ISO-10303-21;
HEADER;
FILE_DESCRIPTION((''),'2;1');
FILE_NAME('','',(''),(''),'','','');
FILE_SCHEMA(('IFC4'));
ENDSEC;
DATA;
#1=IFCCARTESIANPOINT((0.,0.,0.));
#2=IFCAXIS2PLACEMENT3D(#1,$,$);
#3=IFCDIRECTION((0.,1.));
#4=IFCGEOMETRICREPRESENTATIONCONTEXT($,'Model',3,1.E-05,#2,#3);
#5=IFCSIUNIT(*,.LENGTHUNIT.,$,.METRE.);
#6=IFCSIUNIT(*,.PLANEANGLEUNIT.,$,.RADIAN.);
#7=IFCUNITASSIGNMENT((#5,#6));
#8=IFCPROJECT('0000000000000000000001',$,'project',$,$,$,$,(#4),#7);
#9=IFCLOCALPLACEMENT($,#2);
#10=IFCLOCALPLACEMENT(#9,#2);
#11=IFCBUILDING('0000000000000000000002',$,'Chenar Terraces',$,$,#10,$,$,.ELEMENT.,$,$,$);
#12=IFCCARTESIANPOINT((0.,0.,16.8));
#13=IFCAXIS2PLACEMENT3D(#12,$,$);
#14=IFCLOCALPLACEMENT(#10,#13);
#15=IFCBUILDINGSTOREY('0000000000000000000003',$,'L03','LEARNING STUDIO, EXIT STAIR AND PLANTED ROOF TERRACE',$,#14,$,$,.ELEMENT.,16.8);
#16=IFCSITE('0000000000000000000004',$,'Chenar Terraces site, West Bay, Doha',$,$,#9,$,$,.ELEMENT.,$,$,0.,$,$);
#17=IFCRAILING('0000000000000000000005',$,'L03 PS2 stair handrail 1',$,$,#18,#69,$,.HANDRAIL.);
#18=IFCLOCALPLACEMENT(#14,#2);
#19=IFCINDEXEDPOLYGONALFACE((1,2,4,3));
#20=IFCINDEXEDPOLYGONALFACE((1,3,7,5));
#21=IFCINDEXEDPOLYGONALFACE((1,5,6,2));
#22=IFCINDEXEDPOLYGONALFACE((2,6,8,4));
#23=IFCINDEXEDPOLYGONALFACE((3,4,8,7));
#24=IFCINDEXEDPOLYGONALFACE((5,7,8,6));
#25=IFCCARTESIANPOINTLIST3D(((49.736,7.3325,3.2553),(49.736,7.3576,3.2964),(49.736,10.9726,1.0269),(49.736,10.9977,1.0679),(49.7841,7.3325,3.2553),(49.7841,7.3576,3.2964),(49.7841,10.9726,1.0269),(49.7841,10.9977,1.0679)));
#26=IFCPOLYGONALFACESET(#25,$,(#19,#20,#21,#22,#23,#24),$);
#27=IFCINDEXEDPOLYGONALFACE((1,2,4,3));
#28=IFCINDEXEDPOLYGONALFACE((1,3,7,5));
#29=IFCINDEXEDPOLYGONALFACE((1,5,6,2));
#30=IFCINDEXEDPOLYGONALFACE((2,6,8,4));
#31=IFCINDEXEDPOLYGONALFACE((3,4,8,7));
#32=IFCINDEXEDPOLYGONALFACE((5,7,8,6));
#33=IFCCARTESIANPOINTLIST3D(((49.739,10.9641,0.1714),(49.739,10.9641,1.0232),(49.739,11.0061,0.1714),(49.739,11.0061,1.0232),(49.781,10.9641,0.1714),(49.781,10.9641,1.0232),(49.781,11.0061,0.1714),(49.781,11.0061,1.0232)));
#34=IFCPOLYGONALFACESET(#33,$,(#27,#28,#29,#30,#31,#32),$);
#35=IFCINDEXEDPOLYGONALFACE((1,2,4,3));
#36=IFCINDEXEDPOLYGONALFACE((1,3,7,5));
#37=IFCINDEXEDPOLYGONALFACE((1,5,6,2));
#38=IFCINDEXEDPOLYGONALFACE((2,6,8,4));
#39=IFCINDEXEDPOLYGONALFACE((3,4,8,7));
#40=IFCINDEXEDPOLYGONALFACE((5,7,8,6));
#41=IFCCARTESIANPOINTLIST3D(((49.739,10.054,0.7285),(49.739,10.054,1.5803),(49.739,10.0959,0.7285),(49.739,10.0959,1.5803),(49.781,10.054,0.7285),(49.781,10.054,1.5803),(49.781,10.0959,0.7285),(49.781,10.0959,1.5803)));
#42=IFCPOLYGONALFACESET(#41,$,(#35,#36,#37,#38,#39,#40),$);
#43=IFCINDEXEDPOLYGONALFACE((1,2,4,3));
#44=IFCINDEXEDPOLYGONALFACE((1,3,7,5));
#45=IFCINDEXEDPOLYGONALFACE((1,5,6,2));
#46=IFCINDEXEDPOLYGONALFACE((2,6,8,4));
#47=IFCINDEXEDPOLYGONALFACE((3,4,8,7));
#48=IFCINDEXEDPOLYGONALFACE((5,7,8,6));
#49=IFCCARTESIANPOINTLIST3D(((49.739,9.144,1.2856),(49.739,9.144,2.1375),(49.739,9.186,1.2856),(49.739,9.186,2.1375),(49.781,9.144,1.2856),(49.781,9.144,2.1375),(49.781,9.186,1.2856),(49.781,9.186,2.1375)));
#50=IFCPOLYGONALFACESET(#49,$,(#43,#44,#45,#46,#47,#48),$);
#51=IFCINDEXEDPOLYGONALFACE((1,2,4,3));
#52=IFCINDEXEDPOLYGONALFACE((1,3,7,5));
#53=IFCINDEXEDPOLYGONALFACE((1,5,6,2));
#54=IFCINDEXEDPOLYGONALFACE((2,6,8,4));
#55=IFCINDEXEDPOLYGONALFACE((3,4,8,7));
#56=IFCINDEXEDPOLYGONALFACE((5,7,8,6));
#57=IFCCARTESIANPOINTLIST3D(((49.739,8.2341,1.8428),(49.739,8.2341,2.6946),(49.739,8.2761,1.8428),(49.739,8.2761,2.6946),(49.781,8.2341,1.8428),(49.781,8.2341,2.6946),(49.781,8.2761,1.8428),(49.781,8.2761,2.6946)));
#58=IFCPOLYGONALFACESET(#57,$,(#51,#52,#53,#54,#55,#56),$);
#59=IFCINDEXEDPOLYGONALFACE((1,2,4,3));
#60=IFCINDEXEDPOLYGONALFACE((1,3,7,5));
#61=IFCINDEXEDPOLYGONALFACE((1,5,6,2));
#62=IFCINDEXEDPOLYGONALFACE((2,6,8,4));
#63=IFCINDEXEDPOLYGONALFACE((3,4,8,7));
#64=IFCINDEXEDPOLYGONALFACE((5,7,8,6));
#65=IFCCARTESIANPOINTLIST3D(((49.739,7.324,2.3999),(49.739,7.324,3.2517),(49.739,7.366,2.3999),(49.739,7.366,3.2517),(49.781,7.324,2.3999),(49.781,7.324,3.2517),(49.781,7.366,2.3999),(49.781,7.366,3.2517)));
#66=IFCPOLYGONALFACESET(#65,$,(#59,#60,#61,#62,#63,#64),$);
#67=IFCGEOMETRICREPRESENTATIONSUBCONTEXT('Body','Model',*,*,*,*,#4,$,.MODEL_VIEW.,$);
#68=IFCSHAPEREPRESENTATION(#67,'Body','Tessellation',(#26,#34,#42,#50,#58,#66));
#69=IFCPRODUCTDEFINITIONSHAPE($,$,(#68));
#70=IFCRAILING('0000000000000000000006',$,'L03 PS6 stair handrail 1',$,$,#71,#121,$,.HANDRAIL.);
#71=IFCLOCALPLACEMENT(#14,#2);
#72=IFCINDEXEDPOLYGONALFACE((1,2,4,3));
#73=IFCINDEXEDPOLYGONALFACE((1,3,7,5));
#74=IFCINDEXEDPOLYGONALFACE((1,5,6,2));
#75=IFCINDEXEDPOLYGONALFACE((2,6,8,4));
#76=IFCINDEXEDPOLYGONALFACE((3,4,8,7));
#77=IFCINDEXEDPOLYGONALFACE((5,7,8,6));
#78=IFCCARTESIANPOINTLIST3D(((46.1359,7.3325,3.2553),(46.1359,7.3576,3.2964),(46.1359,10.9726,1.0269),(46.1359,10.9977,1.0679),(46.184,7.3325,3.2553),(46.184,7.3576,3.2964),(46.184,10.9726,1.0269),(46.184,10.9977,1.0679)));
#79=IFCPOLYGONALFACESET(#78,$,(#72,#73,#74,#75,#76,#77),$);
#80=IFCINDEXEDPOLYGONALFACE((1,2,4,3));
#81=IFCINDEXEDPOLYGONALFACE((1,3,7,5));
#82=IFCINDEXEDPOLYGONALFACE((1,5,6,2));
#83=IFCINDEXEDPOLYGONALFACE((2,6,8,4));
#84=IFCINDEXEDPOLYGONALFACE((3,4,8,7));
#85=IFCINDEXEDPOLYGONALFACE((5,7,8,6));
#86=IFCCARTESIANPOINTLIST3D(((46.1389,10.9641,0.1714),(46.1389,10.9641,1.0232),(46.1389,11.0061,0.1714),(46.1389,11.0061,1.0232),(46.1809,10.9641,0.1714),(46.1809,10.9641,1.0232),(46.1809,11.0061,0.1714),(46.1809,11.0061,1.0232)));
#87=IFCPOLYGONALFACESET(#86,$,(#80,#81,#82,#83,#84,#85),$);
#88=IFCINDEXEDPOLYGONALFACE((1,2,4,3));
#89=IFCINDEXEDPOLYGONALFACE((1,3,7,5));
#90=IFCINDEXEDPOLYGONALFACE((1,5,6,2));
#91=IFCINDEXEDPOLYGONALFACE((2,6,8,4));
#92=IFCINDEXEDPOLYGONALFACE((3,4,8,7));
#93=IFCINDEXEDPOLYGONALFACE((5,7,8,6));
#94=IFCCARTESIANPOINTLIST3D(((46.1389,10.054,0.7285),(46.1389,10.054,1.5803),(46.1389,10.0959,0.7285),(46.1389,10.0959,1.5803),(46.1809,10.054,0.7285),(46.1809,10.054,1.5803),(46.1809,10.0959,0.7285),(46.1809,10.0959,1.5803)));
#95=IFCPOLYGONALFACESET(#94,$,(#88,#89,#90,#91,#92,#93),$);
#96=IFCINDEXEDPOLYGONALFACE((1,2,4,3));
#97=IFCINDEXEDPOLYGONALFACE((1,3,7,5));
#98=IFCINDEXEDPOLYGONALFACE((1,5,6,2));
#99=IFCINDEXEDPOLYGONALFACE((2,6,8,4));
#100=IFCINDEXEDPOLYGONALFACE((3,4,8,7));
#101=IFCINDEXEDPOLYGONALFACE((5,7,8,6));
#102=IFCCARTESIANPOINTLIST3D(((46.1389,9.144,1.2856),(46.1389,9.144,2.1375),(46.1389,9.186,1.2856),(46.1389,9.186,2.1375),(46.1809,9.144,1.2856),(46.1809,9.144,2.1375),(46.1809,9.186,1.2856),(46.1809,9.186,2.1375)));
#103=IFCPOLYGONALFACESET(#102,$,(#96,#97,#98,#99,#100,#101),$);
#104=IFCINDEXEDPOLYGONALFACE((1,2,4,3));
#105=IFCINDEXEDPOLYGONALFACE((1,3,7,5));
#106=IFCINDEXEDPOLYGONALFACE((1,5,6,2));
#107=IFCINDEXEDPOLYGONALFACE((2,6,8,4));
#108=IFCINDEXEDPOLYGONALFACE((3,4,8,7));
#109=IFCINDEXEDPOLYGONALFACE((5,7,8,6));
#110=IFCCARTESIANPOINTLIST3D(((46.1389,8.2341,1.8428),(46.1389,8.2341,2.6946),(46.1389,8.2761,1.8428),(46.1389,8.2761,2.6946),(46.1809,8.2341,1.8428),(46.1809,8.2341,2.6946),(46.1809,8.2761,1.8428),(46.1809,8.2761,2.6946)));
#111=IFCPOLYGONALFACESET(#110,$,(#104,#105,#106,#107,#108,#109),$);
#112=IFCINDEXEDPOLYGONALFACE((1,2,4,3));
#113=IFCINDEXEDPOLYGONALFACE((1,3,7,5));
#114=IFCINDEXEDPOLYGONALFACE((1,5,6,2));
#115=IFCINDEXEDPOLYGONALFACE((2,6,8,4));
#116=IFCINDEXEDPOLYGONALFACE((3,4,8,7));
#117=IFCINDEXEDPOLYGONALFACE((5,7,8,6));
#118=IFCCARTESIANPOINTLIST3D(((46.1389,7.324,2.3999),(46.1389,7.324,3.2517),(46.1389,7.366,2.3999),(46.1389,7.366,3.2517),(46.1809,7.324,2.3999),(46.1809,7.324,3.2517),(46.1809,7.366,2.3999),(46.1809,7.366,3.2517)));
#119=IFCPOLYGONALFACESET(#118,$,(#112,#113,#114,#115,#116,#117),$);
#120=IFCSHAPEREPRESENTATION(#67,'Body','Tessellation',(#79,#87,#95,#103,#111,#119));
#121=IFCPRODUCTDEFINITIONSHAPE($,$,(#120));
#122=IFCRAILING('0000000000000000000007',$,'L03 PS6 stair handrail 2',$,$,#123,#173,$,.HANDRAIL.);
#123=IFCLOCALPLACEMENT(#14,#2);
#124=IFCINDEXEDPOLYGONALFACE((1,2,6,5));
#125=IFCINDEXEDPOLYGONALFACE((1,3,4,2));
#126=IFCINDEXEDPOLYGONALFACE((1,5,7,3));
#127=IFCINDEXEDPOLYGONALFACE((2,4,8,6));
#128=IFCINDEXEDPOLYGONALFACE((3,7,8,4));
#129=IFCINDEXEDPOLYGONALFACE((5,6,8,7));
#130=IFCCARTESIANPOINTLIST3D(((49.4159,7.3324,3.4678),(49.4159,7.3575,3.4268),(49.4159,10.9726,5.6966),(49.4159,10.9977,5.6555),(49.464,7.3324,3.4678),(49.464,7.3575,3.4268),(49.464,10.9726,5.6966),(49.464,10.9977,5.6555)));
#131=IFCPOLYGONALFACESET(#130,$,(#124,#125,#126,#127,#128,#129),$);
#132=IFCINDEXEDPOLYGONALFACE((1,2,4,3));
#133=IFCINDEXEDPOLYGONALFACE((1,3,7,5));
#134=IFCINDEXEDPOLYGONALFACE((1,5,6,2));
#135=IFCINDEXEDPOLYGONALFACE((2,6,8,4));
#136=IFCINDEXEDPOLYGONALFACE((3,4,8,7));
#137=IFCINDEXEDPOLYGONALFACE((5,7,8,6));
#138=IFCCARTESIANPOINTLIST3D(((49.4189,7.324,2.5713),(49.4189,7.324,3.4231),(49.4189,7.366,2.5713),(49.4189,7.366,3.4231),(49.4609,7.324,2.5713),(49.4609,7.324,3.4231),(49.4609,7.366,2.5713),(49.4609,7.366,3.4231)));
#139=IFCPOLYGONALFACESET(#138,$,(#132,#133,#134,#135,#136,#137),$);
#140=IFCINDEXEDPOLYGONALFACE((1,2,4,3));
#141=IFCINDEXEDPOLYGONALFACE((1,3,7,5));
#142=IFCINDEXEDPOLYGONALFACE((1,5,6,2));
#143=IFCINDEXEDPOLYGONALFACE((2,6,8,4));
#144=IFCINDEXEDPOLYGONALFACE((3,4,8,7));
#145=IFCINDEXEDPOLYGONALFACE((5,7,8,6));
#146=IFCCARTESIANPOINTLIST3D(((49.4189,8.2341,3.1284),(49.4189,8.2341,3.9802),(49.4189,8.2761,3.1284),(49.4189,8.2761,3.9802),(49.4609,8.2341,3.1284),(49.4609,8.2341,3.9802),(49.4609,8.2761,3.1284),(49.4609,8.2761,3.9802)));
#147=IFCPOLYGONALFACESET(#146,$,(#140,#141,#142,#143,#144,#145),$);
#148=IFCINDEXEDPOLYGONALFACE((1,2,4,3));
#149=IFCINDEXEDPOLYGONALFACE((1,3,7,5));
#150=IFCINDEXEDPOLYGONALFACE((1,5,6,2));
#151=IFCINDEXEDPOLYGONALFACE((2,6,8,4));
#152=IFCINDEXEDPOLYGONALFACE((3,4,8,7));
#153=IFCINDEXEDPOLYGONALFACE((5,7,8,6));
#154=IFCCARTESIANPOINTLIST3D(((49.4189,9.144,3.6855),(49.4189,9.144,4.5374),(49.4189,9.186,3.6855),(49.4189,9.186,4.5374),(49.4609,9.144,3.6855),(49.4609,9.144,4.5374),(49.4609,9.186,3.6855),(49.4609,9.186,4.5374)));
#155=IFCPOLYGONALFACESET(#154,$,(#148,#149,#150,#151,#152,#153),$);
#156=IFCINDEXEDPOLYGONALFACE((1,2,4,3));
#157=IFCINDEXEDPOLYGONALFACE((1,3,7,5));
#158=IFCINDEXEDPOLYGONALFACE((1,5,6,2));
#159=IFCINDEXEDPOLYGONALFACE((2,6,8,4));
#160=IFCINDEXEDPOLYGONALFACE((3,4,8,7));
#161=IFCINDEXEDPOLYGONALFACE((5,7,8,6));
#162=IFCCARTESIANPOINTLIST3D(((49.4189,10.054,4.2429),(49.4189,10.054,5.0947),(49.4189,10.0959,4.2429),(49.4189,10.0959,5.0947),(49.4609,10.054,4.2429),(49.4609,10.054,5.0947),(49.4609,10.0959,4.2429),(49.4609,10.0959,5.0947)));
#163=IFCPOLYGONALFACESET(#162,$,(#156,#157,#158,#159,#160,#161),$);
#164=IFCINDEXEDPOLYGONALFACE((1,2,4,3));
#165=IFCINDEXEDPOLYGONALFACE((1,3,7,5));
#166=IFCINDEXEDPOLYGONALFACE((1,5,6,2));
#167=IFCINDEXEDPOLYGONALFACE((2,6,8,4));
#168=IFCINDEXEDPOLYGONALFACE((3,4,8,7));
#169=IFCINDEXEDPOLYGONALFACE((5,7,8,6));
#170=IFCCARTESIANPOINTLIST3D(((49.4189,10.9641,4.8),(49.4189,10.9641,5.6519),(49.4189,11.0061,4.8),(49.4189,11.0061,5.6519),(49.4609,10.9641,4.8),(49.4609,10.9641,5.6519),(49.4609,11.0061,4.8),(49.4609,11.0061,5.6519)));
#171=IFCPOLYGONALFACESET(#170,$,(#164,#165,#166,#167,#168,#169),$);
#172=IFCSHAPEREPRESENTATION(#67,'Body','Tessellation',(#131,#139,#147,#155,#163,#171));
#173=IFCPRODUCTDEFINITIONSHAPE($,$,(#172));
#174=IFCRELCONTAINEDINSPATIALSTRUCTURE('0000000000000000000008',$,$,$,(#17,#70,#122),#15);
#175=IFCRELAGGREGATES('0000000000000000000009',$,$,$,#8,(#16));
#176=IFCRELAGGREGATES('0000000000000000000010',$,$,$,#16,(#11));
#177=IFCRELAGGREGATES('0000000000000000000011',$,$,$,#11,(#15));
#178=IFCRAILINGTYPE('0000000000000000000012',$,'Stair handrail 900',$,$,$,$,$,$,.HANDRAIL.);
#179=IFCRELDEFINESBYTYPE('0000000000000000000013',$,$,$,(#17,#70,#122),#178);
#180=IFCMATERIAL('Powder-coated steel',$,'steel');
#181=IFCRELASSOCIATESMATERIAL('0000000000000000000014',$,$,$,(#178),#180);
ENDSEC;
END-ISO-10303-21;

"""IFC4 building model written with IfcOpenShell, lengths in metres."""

from ifc_helpers import new_model, si_unit, direction, frame, origin, origin_2d, place, context, subcontext, project, spatial, rectangle, extrude, material, type_object, element, save


model = new_model("IFC4")

# Units and contexts
model_context = context("Model", 3, precision=1e-05, world=origin(), true_north=direction((0.0, 1.0)))
body_context = subcontext(model_context, "Body", "Model", "MODEL_VIEW")
ifc_project = project(units=[si_unit("LENGTHUNIT", "METRE"), si_unit("PLANEANGLEUNIT", "RADIAN")], contexts=[model_context])

# Site, building, storey
site_placement = place(None, origin())
site = spatial("IfcSite", under=ifc_project, at=site_placement, Name="Chenar Terraces site, West Bay, Doha", CompositionType="ELEMENT", RefElevation=0.0)
building_placement = place(site_placement, origin())
building = spatial("IfcBuilding", under=site, at=building_placement, Name="Chenar Terraces", CompositionType="ELEMENT")
storey_placement = place(building_placement, frame((0.0, 0.0, 16.8)))
storey = spatial("IfcBuildingStorey", under=building, at=storey_placement, Name="L03", Description="LEARNING STUDIO, EXIT STAIR AND PLANTED ROOF TERRACE", CompositionType="ELEMENT", Elevation=16.8)

# Railings
ifc_material_1 = material(Name="Powder-coated steel", Category="steel")
railing_type_1 = type_object("IfcRailingType", Name="Stair handrail 900", PredefinedType="HANDRAIL", material=ifc_material_1)
for number, where, name in (
    (1, (49.76, 10.9851, 0.1714), "L03 PS2 stair handrail 1"),
    (2, (46.1599, 10.9851, 0.1714), "L03 PS6 stair handrail 1"),
):
    element("IfcRailing", number, at=place(storey_placement, frame(where)), inside=storey, type_object=railing_type_1, Name=name, PredefinedType="HANDRAIL", context=body_context, shape_type="SweptSolid", body=[
        extrude(rectangle(XDim=0.0481, YDim=0.0481, at=origin_2d()), frame((0.0, 0.0, 0.876), z_axis=(0.0, -0.852866, 0.52213), x_axis=(1.0, 0.0, 0.0)), (0.0, 0.0, 1.0), 4.2681),
        extrude(rectangle(XDim=0.042, YDim=0.042, at=origin_2d()), origin(), (0.0, 0.0, 1.0), 0.8518),
        extrude(rectangle(XDim=0.042, YDim=0.042, at=origin_2d()), frame((0.0, -0.9102, 0.5571)), (0.0, 0.0, 1.0), 0.8518),
        extrude(rectangle(XDim=0.042, YDim=0.042, at=origin_2d()), frame((0.0, -1.8201, 1.1143)), (0.0, 0.0, 1.0), 0.8518),
        extrude(rectangle(XDim=0.042, YDim=0.042, at=origin_2d()), frame((0.0, -2.73, 1.6714)), (0.0, 0.0, 1.0), 0.8518),
        extrude(rectangle(XDim=0.042, YDim=0.042, at=origin_2d()), frame((0.0, -3.6401, 2.2285)), (0.0, 0.0, 1.0), 0.8518),
    ])
railing_1_placement = place(storey_placement, frame((49.4399, 7.345, 2.5713)))
element("IfcRailing", 3, at=railing_1_placement, inside=storey, type_object=railing_type_1, Name="L03 PS6 stair handrail 2", PredefinedType="HANDRAIL", context=body_context, shape_type="SweptSolid", body=[
    extrude(rectangle(XDim=0.0481, YDim=0.0481, at=origin_2d()), frame((0.0, 0.0, 0.876), z_axis=(0.0, 0.85284, 0.522172), x_axis=(-1.0, 0.0, 0.0)), (0.0, 0.0, 1.0), 4.2683),
    extrude(rectangle(XDim=0.042, YDim=0.042, at=origin_2d()), origin(), (0.0, 0.0, 1.0), 0.8518),
    extrude(rectangle(XDim=0.042, YDim=0.042, at=origin_2d()), frame((0.0, 0.9102, 0.5571)), (0.0, 0.0, 1.0), 0.8518),
    extrude(rectangle(XDim=0.042, YDim=0.042, at=origin_2d()), frame((0.0, 1.8201, 1.1143)), (0.0, 0.0, 1.0), 0.8518),
    extrude(rectangle(XDim=0.042, YDim=0.042, at=origin_2d()), frame((0.0, 2.73, 1.6716)), (0.0, 0.0, 1.0), 0.8518),
    extrude(rectangle(XDim=0.042, YDim=0.042, at=origin_2d()), frame((0.0, 3.6401, 2.2288)), (0.0, 0.0, 1.0), 0.8518),
])

save(model, "model.ifc")
